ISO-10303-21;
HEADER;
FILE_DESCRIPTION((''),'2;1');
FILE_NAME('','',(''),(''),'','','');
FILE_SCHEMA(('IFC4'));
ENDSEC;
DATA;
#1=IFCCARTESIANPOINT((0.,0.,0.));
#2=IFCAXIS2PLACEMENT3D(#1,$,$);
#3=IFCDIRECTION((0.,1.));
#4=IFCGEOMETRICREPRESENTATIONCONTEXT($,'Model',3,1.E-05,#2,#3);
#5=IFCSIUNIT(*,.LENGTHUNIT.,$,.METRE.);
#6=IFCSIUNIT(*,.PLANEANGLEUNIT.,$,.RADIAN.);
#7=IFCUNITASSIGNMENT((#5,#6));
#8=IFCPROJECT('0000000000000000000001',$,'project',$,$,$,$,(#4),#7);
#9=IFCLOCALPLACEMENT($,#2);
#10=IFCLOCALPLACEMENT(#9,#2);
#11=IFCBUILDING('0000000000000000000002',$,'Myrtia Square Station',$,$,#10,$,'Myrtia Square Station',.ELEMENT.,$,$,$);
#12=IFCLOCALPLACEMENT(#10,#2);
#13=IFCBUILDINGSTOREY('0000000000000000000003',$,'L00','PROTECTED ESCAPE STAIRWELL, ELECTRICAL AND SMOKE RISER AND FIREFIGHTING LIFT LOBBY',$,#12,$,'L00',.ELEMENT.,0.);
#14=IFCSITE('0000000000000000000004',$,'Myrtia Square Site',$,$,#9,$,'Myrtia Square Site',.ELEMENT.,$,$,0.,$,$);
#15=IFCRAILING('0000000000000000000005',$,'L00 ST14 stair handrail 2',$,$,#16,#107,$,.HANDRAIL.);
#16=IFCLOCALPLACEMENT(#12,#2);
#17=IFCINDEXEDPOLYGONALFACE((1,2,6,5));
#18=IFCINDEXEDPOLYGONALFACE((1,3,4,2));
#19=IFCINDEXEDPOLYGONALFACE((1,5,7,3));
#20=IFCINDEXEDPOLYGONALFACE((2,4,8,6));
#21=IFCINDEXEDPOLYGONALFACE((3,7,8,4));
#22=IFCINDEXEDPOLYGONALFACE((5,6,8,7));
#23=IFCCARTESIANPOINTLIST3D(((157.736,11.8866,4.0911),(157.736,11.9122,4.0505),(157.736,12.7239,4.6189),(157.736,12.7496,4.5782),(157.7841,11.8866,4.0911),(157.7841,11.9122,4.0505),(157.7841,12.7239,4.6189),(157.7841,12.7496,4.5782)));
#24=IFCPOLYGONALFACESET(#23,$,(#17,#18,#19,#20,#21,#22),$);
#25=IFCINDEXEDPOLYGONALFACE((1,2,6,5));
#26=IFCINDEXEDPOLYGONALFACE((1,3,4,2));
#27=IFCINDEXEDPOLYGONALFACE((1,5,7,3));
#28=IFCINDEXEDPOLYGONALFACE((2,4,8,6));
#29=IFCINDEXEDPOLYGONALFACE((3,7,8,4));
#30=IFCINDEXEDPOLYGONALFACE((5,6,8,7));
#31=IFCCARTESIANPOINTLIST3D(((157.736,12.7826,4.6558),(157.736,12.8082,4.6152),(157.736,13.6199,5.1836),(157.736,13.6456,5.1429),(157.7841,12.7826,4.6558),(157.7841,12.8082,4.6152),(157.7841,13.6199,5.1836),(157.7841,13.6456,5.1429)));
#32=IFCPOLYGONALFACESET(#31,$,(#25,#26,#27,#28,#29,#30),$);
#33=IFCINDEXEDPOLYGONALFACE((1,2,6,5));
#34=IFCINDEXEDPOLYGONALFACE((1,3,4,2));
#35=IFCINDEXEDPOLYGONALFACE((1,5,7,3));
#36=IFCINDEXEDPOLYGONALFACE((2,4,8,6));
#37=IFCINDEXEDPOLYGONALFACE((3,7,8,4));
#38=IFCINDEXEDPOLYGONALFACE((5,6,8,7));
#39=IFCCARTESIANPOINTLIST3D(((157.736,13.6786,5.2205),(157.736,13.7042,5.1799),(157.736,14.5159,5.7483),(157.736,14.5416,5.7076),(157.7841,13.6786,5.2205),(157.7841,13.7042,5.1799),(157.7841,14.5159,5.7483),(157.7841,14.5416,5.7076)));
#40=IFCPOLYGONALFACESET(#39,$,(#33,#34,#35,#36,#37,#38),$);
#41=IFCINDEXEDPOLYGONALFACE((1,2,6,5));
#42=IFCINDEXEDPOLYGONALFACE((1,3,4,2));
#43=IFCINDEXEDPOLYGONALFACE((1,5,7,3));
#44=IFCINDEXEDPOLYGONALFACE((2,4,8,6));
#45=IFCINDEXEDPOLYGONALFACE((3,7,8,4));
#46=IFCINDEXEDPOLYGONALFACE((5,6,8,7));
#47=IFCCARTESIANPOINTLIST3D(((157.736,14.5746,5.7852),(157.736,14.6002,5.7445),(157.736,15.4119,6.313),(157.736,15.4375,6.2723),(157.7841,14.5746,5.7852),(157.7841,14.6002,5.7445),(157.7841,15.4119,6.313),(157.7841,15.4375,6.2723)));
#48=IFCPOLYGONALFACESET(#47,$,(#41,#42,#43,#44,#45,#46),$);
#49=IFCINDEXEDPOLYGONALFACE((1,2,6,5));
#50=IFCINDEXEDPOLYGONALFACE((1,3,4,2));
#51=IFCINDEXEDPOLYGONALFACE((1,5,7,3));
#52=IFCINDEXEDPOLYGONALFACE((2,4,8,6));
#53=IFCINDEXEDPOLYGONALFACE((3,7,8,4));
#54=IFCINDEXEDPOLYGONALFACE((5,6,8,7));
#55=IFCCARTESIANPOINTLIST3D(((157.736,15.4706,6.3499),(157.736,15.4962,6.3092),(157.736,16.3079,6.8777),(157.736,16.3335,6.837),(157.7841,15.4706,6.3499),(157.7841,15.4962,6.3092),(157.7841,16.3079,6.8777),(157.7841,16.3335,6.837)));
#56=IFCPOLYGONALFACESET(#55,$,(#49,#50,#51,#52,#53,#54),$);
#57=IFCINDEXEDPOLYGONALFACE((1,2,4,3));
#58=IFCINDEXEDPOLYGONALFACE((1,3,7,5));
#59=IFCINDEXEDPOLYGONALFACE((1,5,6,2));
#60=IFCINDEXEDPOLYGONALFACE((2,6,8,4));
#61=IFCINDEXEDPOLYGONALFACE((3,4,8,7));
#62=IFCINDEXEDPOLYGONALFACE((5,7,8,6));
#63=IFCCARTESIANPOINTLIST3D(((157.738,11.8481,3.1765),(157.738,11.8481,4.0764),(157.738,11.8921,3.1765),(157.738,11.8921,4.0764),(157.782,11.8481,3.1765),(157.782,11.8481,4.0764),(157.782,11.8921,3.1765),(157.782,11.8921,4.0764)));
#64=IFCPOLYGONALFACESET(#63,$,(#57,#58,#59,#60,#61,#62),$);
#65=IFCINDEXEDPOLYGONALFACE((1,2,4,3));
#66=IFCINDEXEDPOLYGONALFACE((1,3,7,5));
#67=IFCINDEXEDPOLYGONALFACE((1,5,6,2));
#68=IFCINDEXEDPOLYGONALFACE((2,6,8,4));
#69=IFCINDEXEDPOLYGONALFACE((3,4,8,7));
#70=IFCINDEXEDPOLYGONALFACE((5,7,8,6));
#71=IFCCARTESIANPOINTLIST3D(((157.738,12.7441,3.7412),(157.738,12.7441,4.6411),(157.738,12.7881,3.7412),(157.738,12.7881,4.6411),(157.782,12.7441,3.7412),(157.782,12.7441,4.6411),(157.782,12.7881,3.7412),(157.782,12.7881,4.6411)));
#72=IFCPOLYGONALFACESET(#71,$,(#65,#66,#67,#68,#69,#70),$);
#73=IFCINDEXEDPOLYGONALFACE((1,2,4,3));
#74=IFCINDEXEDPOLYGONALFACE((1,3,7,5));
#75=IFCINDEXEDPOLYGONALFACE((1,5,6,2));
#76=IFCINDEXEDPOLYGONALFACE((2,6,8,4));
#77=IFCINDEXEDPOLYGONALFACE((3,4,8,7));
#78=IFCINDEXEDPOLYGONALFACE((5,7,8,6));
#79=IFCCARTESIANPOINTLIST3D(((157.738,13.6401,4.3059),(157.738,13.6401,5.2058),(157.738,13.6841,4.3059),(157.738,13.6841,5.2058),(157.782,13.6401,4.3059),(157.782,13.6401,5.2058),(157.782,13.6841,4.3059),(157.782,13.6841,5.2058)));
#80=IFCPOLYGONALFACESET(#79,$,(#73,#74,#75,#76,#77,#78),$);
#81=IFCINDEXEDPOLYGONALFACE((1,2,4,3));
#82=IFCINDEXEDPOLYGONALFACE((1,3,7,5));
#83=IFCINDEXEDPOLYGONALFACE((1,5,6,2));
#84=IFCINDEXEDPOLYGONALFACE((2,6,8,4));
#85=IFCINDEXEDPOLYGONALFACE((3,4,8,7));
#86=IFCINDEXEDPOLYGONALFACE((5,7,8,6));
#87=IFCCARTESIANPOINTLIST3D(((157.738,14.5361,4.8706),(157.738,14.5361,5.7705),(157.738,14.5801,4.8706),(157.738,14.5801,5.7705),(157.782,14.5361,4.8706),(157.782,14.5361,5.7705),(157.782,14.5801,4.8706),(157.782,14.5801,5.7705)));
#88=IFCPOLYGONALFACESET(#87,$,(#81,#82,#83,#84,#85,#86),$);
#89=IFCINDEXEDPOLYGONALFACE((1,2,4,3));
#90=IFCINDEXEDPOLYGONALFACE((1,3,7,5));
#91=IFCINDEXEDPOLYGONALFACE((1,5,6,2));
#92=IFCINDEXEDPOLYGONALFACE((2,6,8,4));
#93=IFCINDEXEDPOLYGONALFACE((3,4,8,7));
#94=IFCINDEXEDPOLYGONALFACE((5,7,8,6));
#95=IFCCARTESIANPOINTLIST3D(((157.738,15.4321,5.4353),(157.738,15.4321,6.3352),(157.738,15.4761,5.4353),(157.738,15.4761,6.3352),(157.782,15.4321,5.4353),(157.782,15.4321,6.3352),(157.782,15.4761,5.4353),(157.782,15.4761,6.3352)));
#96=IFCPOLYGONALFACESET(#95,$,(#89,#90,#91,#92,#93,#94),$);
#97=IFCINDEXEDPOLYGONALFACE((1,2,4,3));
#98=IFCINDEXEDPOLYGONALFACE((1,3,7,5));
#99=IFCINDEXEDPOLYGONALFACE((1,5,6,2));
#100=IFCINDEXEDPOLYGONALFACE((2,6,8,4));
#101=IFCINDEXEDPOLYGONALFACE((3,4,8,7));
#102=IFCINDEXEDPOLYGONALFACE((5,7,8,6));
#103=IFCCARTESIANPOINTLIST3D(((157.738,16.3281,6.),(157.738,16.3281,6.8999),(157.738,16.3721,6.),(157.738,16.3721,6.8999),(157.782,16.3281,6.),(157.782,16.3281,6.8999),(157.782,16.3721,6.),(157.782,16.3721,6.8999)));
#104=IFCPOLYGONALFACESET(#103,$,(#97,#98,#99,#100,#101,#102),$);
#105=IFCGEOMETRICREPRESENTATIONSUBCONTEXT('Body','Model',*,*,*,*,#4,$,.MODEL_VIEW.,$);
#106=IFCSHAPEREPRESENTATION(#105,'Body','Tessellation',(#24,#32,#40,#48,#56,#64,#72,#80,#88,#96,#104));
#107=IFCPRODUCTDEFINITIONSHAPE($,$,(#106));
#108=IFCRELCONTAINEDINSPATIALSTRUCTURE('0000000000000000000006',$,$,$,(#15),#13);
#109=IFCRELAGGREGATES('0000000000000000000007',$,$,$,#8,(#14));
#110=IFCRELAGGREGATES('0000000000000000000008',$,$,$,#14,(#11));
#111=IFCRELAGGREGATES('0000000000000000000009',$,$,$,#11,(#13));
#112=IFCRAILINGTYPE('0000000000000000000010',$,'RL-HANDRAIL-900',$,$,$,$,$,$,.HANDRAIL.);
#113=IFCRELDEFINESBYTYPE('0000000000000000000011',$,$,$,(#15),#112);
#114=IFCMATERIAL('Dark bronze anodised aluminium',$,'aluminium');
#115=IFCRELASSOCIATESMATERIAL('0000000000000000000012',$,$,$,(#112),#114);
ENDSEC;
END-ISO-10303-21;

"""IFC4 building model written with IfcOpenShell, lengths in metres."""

from ifc_helpers import new_model, si_unit, direction, frame, origin, origin_2d, place, context, subcontext, project, spatial, rectangle, extrude, material, type_object, element, save


model = new_model("IFC4")

# Units and contexts
model_context = context("Model", 3, precision=1e-05, world=origin(), true_north=direction((0.0, 1.0)))
body_context = subcontext(model_context, "Body", "Model", "MODEL_VIEW")
ifc_project = project(units=[si_unit("LENGTHUNIT", "METRE"), si_unit("PLANEANGLEUNIT", "RADIAN")], contexts=[model_context])

# Site, building, storey
site_placement = place(None, origin())
site = spatial("IfcSite", under=ifc_project, at=site_placement, Name="Myrtia Square Site", LongName="Myrtia Square Site", CompositionType="ELEMENT", RefElevation=0.0)
building_placement = place(site_placement, origin())
building = spatial("IfcBuilding", under=site, at=building_placement, Name="Myrtia Square Station", LongName="Myrtia Square Station", CompositionType="ELEMENT")
storey_placement = place(building_placement, origin())
storey = spatial("IfcBuildingStorey", under=building, at=storey_placement, Name="L00", Description="PROTECTED ESCAPE STAIRWELL, ELECTRICAL AND SMOKE RISER AND FIREFIGHTING LIFT LOBBY", LongName="L00", CompositionType="ELEMENT", Elevation=0.0)

# Shared definitions
ifc_material_1 = material(Name="Dark bronze anodised aluminium", Category="aluminium")

# Railing
railing_type_1 = type_object("IfcRailingType", Name="RL-HANDRAIL-900", PredefinedType="HANDRAIL", material=ifc_material_1)
railing_1_placement = place(storey_placement, frame((157.76, 11.8701, 3.1765)))
element("IfcRailing", 1, at=railing_1_placement, inside=storey, type_object=railing_type_1, Name="L00 ST14 stair handrail 2", PredefinedType="HANDRAIL", context=body_context, shape_type="SweptSolid", body=[
    extrude(rectangle(XDim=0.0481, YDim=0.0481, at=origin_2d()), frame((0.0, 0.0293, 0.8943), z_axis=(0.0, 0.845998, 0.533186), x_axis=(-1.0, 0.0, 0.0)), (0.0, 0.0, 1.0), 0.9897),
    extrude(rectangle(XDim=0.0481, YDim=0.0481, at=origin_2d()), frame((0.0, 0.9253, 1.459), z_axis=(0.0, 0.845998, 0.533186), x_axis=(-1.0, 0.0, 0.0)), (0.0, 0.0, 1.0), 0.9897),
    extrude(rectangle(XDim=0.0481, YDim=0.0481, at=origin_2d()), frame((0.0, 1.8213, 2.0237), z_axis=(0.0, 0.845998, 0.533186), x_axis=(-1.0, 0.0, 0.0)), (0.0, 0.0, 1.0), 0.9897),
    extrude(rectangle(XDim=0.0481, YDim=0.0481, at=origin_2d()), frame((0.0, 2.7173, 2.5884), z_axis=(0.0, 0.845998, 0.533186), x_axis=(-1.0, 0.0, 0.0)), (0.0, 0.0, 1.0), 0.9897),
    extrude(rectangle(XDim=0.0481, YDim=0.0481, at=origin_2d()), frame((0.0, 3.6133, 3.1531), z_axis=(0.0, 0.845998, 0.533186), x_axis=(-1.0, 0.0, 0.0)), (0.0, 0.0, 1.0), 0.9897),
    extrude(rectangle(XDim=0.0439, YDim=0.0439, at=origin_2d()), origin(), (0.0, 0.0, 1.0), 0.8999),
    extrude(rectangle(XDim=0.0439, YDim=0.0439, at=origin_2d()), frame((0.0, 0.896, 0.5647)), (0.0, 0.0, 1.0), 0.8999),
    extrude(rectangle(XDim=0.0439, YDim=0.0439, at=origin_2d()), frame((0.0, 1.792, 1.1294)), (0.0, 0.0, 1.0), 0.8999),
    extrude(rectangle(XDim=0.0439, YDim=0.0439, at=origin_2d()), frame((0.0, 2.688, 1.6941)), (0.0, 0.0, 1.0), 0.8999),
    extrude(rectangle(XDim=0.0439, YDim=0.0439, at=origin_2d()), frame((0.0, 3.584, 2.2588)), (0.0, 0.0, 1.0), 0.8999),
    extrude(rectangle(XDim=0.0439, YDim=0.0439, at=origin_2d()), frame((0.0, 4.48, 2.8235)), (0.0, 0.0, 1.0), 0.8999),
])

save(model, "model.ifc")
